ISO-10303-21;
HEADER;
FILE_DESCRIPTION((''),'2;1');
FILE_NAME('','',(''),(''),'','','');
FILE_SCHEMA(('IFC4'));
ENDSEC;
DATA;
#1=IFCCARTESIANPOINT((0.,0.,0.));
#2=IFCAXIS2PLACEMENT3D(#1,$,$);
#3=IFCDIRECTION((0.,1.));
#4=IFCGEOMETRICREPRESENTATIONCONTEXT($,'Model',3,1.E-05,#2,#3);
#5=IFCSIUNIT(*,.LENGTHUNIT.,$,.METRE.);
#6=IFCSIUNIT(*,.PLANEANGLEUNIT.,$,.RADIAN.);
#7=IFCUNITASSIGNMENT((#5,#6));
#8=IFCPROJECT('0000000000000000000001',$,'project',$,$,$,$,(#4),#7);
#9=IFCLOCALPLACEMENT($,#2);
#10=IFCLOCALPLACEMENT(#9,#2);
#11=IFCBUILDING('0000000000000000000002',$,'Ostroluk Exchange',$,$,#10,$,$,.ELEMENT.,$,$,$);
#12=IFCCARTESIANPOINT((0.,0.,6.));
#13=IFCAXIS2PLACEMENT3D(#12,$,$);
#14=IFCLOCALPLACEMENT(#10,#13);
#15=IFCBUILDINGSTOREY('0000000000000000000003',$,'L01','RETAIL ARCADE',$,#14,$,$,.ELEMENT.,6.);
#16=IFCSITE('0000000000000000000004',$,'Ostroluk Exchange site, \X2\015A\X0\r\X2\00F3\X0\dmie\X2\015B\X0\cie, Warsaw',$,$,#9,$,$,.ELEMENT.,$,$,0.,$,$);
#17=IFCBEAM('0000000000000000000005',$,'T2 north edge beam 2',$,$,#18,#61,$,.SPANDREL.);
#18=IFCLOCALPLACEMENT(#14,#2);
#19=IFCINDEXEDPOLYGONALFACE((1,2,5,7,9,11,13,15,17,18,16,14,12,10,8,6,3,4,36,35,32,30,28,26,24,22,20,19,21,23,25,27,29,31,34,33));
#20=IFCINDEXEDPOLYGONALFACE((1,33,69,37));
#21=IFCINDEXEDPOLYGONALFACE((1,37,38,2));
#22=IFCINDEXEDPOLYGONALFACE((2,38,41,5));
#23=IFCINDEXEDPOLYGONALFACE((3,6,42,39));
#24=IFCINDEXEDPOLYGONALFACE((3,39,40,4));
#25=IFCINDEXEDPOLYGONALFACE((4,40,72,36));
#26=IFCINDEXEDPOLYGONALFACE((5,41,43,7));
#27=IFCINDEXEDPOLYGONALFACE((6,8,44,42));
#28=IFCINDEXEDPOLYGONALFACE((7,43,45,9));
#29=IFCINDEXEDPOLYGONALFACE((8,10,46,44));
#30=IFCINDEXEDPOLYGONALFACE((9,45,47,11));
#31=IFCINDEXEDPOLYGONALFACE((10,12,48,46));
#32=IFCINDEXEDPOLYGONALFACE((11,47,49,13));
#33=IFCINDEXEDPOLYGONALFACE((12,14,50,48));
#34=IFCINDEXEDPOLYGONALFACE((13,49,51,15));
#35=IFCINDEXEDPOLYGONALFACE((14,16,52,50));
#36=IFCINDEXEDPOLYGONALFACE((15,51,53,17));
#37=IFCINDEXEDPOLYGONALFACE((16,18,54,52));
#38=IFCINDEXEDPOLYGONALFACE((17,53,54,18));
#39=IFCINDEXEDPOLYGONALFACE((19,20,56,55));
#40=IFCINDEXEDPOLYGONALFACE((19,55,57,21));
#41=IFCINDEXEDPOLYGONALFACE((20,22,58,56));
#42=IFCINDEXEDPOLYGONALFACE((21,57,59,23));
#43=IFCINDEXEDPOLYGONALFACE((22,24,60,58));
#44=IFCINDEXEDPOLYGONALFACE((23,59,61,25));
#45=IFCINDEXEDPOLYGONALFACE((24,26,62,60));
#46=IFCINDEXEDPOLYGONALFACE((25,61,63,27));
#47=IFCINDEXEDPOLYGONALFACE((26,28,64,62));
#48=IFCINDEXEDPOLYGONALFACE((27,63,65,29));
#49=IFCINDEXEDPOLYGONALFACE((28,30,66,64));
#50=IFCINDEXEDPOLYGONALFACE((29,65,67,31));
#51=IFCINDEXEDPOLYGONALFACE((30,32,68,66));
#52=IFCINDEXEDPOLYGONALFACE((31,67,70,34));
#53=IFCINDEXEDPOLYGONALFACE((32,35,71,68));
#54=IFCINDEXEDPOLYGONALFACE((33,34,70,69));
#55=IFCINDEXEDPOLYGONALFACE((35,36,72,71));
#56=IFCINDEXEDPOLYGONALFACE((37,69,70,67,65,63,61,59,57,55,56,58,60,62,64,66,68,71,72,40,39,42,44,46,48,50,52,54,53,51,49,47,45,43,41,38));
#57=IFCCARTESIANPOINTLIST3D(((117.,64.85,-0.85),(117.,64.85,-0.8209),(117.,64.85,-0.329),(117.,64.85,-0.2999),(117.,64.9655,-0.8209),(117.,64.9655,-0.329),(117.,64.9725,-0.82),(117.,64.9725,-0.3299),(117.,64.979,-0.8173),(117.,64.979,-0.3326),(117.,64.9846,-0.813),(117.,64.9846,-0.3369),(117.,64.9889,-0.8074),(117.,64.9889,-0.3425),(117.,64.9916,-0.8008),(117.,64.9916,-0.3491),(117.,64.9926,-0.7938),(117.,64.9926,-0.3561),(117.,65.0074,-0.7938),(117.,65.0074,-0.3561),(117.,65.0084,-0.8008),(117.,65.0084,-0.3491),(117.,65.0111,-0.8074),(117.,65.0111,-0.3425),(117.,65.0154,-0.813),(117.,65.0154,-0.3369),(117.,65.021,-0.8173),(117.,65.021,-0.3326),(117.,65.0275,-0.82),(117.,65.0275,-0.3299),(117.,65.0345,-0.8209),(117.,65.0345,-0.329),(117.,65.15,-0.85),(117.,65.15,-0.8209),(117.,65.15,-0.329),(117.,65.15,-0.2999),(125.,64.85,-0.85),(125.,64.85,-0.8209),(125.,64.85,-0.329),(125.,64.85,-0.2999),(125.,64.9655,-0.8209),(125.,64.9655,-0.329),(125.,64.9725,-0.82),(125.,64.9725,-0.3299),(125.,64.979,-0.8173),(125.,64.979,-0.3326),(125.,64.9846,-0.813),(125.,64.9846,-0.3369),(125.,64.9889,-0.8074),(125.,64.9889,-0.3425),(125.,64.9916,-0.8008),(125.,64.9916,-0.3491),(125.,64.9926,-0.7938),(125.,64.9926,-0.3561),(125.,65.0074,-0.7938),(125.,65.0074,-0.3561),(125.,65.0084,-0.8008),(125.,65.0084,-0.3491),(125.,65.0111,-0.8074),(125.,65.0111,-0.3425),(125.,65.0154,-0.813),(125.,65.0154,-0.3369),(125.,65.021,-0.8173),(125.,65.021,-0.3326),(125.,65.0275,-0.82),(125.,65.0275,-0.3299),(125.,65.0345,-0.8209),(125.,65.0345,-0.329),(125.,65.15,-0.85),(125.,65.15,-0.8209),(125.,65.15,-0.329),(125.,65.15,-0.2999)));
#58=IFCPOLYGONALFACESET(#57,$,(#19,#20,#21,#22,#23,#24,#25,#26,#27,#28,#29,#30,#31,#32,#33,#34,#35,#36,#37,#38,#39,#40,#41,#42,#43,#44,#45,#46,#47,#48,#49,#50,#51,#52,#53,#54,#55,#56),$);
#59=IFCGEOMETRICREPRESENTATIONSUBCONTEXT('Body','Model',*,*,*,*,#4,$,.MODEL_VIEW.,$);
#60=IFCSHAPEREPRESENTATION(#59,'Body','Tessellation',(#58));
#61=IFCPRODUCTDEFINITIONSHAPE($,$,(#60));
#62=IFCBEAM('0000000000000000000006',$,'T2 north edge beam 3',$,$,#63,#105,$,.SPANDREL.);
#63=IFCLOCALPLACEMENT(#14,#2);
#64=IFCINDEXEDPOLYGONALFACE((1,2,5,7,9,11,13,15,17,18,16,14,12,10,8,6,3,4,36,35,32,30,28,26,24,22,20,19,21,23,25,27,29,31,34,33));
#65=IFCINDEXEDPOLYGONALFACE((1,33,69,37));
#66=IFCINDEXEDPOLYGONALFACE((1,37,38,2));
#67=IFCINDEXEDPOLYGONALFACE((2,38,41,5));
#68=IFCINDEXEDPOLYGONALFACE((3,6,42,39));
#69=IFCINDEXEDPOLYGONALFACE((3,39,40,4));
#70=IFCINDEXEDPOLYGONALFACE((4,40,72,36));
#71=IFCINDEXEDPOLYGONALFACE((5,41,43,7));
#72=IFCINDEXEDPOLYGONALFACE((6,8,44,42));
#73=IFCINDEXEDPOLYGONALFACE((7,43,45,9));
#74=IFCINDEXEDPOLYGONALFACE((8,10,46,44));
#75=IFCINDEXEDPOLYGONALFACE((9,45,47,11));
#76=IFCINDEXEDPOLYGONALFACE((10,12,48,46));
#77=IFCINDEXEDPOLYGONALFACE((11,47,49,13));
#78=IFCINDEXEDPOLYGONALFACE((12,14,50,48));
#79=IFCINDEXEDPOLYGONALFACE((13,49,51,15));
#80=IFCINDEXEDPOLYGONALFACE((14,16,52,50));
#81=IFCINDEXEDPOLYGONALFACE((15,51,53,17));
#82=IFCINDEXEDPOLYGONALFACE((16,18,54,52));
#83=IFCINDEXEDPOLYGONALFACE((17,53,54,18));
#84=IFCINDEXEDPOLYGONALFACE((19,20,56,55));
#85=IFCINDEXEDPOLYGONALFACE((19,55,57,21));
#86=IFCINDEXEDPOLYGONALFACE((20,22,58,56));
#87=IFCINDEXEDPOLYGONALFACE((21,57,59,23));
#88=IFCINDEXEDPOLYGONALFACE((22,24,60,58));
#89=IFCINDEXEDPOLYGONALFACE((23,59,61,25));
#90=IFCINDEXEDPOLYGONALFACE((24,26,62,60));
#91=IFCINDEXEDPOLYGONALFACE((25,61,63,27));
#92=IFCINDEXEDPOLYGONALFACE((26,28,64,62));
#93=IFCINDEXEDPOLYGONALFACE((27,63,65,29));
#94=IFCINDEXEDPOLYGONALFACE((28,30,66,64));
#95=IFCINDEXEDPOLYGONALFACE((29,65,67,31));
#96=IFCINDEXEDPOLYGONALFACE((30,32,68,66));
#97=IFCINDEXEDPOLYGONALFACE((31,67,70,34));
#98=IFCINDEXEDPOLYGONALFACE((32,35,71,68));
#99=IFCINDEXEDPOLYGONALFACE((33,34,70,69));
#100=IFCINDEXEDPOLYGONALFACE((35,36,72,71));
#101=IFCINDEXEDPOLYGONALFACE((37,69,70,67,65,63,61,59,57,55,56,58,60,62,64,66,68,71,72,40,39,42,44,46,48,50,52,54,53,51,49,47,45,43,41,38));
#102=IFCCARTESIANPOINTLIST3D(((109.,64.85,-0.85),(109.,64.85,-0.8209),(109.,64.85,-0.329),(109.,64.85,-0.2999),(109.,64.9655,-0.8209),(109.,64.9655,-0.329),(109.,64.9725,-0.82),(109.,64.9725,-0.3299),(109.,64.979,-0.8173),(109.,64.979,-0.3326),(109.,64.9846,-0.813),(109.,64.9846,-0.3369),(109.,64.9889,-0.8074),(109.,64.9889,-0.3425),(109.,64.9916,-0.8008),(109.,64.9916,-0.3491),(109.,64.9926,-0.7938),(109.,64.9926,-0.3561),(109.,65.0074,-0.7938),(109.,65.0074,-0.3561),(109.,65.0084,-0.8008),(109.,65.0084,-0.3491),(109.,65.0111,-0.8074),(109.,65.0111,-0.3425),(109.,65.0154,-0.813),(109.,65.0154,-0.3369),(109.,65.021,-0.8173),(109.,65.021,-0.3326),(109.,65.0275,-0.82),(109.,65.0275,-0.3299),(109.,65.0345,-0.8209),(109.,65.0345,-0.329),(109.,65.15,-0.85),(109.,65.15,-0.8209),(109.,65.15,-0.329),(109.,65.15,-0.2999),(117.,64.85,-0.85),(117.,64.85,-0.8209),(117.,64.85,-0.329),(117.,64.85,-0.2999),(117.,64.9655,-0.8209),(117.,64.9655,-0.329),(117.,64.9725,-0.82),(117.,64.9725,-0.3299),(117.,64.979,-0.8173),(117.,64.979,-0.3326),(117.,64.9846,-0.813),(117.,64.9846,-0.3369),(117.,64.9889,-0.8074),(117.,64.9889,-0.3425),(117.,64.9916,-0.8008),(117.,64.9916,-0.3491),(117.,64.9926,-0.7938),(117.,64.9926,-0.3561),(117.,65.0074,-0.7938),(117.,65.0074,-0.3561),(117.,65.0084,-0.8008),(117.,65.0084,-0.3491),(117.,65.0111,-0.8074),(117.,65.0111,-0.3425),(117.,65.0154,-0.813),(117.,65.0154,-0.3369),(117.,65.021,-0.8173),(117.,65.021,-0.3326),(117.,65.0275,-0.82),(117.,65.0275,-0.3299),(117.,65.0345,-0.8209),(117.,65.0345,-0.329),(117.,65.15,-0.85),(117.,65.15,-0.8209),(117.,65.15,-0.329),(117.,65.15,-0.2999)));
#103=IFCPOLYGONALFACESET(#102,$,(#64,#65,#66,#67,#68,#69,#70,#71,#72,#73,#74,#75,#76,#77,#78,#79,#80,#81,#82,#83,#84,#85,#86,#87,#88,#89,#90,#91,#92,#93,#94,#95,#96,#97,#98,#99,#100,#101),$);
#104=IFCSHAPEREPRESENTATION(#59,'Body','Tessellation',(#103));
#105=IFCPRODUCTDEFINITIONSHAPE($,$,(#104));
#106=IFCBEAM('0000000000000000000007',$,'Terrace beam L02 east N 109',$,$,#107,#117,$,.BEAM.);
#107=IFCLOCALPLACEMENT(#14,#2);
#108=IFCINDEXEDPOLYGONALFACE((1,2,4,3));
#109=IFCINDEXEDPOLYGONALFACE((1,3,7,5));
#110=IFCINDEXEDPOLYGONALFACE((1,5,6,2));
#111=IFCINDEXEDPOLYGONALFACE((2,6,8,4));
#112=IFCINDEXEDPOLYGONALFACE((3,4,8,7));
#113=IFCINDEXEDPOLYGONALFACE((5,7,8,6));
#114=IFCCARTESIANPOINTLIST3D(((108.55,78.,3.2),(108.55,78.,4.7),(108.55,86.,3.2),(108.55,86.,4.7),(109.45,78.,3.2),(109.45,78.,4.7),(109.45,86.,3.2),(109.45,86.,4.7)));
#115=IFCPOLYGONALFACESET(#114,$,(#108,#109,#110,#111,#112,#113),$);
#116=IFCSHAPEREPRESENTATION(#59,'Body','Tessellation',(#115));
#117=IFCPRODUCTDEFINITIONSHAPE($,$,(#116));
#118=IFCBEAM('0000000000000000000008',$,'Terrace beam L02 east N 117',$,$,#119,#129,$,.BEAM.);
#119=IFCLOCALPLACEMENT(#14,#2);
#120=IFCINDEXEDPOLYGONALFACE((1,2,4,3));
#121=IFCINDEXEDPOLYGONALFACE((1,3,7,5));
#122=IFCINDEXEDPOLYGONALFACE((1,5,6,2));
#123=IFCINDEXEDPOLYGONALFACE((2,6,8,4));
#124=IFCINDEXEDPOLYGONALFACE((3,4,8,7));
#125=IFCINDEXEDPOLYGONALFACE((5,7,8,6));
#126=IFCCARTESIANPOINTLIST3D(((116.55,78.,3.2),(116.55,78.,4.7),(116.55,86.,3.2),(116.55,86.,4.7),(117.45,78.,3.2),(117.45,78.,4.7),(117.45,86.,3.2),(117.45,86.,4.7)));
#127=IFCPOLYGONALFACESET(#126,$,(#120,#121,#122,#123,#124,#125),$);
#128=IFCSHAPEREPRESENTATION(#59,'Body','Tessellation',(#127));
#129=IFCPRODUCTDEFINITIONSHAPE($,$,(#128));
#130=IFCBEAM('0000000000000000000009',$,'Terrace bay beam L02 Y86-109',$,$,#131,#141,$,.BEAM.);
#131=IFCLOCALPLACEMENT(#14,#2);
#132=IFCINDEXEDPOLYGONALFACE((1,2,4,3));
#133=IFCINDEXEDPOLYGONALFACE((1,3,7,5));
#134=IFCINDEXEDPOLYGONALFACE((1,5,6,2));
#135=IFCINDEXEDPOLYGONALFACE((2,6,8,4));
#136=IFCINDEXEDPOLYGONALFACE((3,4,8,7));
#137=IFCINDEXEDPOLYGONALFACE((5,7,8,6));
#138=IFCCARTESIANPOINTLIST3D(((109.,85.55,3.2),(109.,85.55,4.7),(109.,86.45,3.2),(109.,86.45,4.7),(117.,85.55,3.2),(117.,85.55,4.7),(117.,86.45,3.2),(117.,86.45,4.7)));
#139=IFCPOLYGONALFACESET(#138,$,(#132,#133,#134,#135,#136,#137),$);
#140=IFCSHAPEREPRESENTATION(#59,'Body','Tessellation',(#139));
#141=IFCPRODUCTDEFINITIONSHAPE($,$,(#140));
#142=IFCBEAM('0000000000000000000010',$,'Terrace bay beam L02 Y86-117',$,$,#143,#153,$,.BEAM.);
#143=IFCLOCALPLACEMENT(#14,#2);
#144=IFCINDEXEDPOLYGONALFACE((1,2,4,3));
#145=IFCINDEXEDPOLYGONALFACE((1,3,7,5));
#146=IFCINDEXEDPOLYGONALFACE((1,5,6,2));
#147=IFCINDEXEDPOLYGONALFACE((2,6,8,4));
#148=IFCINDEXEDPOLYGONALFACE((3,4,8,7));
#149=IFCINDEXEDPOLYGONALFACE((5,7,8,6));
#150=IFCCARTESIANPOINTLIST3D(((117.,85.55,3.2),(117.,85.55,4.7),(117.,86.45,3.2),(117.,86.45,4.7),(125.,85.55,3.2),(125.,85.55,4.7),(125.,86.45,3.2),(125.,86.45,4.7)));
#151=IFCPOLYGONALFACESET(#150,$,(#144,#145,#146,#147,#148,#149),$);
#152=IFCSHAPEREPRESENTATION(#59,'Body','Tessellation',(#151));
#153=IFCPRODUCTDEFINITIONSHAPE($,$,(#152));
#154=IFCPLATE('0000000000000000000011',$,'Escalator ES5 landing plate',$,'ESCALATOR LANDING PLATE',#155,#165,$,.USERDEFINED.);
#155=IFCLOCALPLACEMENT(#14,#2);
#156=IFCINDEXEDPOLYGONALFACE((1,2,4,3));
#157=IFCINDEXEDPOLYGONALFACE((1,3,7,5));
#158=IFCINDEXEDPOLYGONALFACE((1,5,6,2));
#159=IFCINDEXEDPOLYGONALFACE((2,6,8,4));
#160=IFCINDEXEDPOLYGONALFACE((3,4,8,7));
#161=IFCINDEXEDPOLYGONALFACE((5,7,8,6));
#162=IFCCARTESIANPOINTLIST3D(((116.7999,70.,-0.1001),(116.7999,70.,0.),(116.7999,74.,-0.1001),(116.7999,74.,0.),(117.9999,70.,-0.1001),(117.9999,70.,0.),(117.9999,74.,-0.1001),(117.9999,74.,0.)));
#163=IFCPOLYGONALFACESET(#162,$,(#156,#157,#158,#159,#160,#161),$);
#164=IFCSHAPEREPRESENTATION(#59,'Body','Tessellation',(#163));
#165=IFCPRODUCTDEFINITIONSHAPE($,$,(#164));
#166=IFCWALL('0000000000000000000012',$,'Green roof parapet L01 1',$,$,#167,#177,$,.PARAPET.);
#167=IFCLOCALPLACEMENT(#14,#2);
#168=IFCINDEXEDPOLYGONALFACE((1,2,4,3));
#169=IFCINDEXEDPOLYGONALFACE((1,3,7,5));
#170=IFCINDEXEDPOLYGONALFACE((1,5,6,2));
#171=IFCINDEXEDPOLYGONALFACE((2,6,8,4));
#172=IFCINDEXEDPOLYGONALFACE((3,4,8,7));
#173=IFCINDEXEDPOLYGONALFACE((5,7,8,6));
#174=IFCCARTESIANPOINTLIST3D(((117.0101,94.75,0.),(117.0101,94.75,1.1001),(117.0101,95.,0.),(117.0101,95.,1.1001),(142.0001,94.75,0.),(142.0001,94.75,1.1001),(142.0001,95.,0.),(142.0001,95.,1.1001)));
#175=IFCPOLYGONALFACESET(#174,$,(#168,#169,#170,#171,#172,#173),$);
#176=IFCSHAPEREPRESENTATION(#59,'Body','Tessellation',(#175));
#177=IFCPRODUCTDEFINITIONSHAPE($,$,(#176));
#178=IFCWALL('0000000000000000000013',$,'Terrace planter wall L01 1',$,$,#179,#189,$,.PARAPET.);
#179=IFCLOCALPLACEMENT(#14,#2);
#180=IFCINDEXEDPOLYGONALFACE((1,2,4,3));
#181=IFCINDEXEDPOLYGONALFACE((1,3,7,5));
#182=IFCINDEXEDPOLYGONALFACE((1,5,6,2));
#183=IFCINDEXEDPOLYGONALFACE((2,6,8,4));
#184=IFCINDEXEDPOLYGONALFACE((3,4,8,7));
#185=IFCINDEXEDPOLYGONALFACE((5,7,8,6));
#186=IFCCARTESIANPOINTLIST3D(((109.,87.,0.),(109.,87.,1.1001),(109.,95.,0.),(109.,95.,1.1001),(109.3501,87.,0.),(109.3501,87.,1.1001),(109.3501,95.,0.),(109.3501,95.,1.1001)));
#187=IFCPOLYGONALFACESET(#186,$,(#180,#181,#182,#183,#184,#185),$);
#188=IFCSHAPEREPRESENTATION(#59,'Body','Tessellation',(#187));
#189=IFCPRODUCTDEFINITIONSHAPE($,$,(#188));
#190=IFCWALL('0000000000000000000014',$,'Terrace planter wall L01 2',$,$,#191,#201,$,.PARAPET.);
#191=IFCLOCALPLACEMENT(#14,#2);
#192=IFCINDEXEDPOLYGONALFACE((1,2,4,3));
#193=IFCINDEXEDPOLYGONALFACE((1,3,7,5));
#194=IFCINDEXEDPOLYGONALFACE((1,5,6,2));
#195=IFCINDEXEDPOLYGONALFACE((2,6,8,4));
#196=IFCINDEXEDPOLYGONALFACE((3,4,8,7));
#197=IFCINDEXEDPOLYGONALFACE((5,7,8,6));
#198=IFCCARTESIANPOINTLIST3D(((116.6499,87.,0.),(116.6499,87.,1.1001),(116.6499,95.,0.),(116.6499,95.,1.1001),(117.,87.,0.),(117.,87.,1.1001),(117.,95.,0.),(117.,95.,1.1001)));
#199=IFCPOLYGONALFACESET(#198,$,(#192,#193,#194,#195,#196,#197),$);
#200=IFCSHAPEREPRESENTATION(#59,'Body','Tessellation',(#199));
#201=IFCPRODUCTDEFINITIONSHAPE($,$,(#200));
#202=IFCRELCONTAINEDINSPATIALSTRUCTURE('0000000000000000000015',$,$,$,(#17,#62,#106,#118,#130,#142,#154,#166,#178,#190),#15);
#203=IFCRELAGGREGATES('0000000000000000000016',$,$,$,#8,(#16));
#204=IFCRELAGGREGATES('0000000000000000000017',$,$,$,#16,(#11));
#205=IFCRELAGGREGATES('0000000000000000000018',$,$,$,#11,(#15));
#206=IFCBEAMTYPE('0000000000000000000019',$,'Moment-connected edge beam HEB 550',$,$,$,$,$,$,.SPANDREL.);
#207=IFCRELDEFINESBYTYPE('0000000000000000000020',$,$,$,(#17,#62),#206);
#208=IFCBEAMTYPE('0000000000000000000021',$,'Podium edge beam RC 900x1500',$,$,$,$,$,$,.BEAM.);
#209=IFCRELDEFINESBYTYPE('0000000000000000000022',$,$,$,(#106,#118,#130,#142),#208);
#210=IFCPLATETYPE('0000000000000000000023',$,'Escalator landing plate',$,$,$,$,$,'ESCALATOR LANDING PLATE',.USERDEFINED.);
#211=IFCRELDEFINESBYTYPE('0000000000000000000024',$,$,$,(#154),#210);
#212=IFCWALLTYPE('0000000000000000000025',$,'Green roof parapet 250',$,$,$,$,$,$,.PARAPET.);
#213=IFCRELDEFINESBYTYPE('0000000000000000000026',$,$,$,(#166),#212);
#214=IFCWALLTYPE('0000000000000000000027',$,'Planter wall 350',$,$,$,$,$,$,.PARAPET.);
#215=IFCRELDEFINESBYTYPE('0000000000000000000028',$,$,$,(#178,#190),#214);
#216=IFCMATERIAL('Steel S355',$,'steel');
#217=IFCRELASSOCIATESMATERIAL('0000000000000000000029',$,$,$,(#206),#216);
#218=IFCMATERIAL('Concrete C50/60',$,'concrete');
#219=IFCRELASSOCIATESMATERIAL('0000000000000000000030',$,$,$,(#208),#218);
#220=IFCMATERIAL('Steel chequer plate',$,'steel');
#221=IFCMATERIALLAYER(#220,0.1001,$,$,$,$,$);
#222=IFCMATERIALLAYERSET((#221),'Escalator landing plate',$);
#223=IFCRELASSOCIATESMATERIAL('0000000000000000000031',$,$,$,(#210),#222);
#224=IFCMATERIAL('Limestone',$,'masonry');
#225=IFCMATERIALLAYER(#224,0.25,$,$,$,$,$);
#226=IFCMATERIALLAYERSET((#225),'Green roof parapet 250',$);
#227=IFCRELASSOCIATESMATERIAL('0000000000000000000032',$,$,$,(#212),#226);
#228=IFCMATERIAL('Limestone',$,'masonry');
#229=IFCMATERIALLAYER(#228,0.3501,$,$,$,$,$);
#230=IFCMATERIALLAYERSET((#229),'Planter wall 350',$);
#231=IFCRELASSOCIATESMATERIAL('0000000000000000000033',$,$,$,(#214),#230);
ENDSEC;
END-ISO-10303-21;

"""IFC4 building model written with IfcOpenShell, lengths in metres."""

from ifc_helpers import new_model, si_unit, direction, frame, frame_2d, origin, origin_2d, place, context, subcontext, project, spatial, rectangle, i_section, extrude, material, layer, layer_set, material_profile, profile_set, type_object, element, save


model = new_model("IFC4")

# Units and contexts
model_context = context("Model", 3, precision=1e-05, world=origin(), true_north=direction((0.0, 1.0)))
body_context = subcontext(model_context, "Body", "Model", "MODEL_VIEW")
ifc_project = project(units=[si_unit("LENGTHUNIT", "METRE"), si_unit("PLANEANGLEUNIT", "RADIAN")], contexts=[model_context])

# Site, building, storey
site_placement = place(None, origin())
site = spatial("IfcSite", under=ifc_project, at=site_placement, Name="Ostroluk Exchange site, Śródmieście, Warsaw", CompositionType="ELEMENT", RefElevation=0.0)
building_placement = place(site_placement, origin())
building = spatial("IfcBuilding", under=site, at=building_placement, Name="Ostroluk Exchange", CompositionType="ELEMENT")
storey_placement = place(building_placement, frame((0.0, 0.0, 6.0)))
storey = spatial("IfcBuildingStorey", under=building, at=storey_placement, Name="L01", Description="RETAIL ARCADE", CompositionType="ELEMENT", Elevation=6.0)

# Beams
ifc_material_1 = material(Name="Steel S355", Category="steel")
ifc_material_profile_1 = material_profile(ifc_material_1, i_section(OverallWidth=0.3, OverallDepth=0.55, WebThickness=0.0149, FlangeThickness=0.0291, FilletRadius=0.0271, at=origin_2d()), Name="HEB 550")
ifc_profile_set_1 = profile_set([ifc_material_profile_1], Name="Steel S355")
beam_type_1 = type_object("IfcBeamType", Name="Moment-connected edge beam HEB 550", PredefinedType="SPANDREL", material=ifc_profile_set_1)
for number, where, z_axis, x_axis, name in (
    (1, (125.0, 65.0, -0.575), (-1.0, 0.0, 0.0), (0.0, -1.0, 0.0), "T2 north edge beam 2"),
    (2, (117.0, 65.0, -0.575), (-1.0, 0.0, 0.0), (0.0, -1.0, 0.0), "T2 north edge beam 3"),
):
    element("IfcBeam", number, at=place(storey_placement, frame(where, z_axis=z_axis, x_axis=x_axis)), inside=storey, type_object=beam_type_1, Name=name, PredefinedType="SPANDREL", context=body_context, shape_type="SweptSolid", body=[
        extrude(i_section(OverallWidth=0.3, OverallDepth=0.55, WebThickness=0.0149, FlangeThickness=0.0291, FilletRadius=0.0271, at=origin_2d()), origin(), (0.0, 0.0, 1.0), 8.0),
    ])
ifc_material_2 = material(Name="Concrete C50/60", Category="concrete")
ifc_material_profile_2 = material_profile(ifc_material_2, rectangle(XDim=0.8999, YDim=1.5, at=origin_2d()), Name="RC 900x1500")
ifc_profile_set_2 = profile_set([ifc_material_profile_2], Name="Concrete C50/60")
beam_type_2 = type_object("IfcBeamType", Name="Podium edge beam RC 900x1500", PredefinedType="BEAM", material=ifc_profile_set_2)
for number, where, z_axis, x_axis, name in (
    (3, (109.0, 86.0, 3.95), (0.0, -1.0, 0.0), (1.0, 0.0, 0.0), "Terrace beam L02 east N 109"),
    (4, (117.0, 86.0, 3.95), (0.0, -1.0, 0.0), (1.0, 0.0, 0.0), "Terrace beam L02 east N 117"),
    (5, (109.0, 86.0, 3.95), (1.0, 0.0, 0.0), (0.0, 1.0, 0.0), "Terrace bay beam L02 Y86-109"),
    (6, (117.0, 86.0, 3.95), (1.0, 0.0, 0.0), (0.0, 1.0, 0.0), "Terrace bay beam L02 Y86-117"),
):
    element("IfcBeam", number, at=place(storey_placement, frame(where, z_axis=z_axis, x_axis=x_axis)), inside=storey, type_object=beam_type_2, Name=name, PredefinedType="BEAM", context=body_context, shape_type="SweptSolid", body=[
        extrude(rectangle(XDim=0.8999, YDim=1.5, at=origin_2d()), origin(), (0.0, 0.0, 1.0), 8.0),
    ])

# Plate
ifc_material_3 = material(Name="Steel chequer plate", Category="steel")
ifc_layer_1 = layer(ifc_material_3, 0.1001)
ifc_layer_set_1 = layer_set([ifc_layer_1], Name="Escalator landing plate")
plate_type = type_object("IfcPlateType", Name="Escalator landing plate", ElementType="ESCALATOR LANDING PLATE", PredefinedType="USERDEFINED", material=ifc_layer_set_1)
plate_placement = place(storey_placement, frame((117.3999, 72.0, -0.1001), z_axis=(0.0, 0.0, 1.0), x_axis=(1.0, 0.0, 0.0)))
element("IfcPlate", 7, at=plate_placement, inside=storey, type_object=plate_type, Name="Escalator ES5 landing plate", ObjectType="ESCALATOR LANDING PLATE", PredefinedType="USERDEFINED", context=body_context, shape_type="SweptSolid", body=[
    extrude(rectangle(XDim=1.2, YDim=4.0, at=origin_2d()), origin(), (0.0, 0.0, 1.0), 0.1001),
])

# Walls
ifc_material_4 = material(Name="Limestone", Category="masonry")
ifc_layer_2 = layer(ifc_material_4, 0.25)
ifc_layer_set_2 = layer_set([ifc_layer_2], Name="Green roof parapet 250")
wall_type_1 = type_object("IfcWallType", Name="Green roof parapet 250", PredefinedType="PARAPET", material=ifc_layer_set_2)
wall_1_placement = place(storey_placement, frame((117.01, 94.875, 0.0), z_axis=(0.0, 0.0, 1.0), x_axis=(1.0, 0.0, 0.0)))
element("IfcWall", 8, at=wall_1_placement, inside=storey, type_object=wall_type_1, Name="Green roof parapet L01 1", PredefinedType="PARAPET", context=body_context, shape_type="SweptSolid", body=[
    extrude(rectangle(XDim=24.99, YDim=0.25, at=frame_2d((12.4951, 0.0))), origin(), (0.0, 0.0, 1.0), 1.1001),
])
ifc_material_5 = material(Name="Limestone", Category="masonry")
ifc_layer_3 = layer(ifc_material_5, 0.3501)
ifc_layer_set_3 = layer_set([ifc_layer_3], Name="Planter wall 350")
wall_type_2 = type_object("IfcWallType", Name="Planter wall 350", PredefinedType="PARAPET", material=ifc_layer_set_3)
for number, where, z_axis, x_axis, name in (
    (9, (109.175, 87.0, 0.0), (0.0, 0.0, 1.0), (0.0, 1.0, 0.0), "Terrace planter wall L01 1"),
    (10, (116.825, 87.0, 0.0), (0.0, 0.0, 1.0), (0.0, 1.0, 0.0), "Terrace planter wall L01 2"),
):
    element("IfcWall", number, at=place(storey_placement, frame(where, z_axis=z_axis, x_axis=x_axis)), inside=storey, type_object=wall_type_2, Name=name, PredefinedType="PARAPET", context=body_context, shape_type="SweptSolid", body=[
        extrude(rectangle(XDim=8.0, YDim=0.3501, at=frame_2d((4.0, 0.0))), origin(), (0.0, 0.0, 1.0), 1.1001),
    ])

save(model, "model.ifc")
